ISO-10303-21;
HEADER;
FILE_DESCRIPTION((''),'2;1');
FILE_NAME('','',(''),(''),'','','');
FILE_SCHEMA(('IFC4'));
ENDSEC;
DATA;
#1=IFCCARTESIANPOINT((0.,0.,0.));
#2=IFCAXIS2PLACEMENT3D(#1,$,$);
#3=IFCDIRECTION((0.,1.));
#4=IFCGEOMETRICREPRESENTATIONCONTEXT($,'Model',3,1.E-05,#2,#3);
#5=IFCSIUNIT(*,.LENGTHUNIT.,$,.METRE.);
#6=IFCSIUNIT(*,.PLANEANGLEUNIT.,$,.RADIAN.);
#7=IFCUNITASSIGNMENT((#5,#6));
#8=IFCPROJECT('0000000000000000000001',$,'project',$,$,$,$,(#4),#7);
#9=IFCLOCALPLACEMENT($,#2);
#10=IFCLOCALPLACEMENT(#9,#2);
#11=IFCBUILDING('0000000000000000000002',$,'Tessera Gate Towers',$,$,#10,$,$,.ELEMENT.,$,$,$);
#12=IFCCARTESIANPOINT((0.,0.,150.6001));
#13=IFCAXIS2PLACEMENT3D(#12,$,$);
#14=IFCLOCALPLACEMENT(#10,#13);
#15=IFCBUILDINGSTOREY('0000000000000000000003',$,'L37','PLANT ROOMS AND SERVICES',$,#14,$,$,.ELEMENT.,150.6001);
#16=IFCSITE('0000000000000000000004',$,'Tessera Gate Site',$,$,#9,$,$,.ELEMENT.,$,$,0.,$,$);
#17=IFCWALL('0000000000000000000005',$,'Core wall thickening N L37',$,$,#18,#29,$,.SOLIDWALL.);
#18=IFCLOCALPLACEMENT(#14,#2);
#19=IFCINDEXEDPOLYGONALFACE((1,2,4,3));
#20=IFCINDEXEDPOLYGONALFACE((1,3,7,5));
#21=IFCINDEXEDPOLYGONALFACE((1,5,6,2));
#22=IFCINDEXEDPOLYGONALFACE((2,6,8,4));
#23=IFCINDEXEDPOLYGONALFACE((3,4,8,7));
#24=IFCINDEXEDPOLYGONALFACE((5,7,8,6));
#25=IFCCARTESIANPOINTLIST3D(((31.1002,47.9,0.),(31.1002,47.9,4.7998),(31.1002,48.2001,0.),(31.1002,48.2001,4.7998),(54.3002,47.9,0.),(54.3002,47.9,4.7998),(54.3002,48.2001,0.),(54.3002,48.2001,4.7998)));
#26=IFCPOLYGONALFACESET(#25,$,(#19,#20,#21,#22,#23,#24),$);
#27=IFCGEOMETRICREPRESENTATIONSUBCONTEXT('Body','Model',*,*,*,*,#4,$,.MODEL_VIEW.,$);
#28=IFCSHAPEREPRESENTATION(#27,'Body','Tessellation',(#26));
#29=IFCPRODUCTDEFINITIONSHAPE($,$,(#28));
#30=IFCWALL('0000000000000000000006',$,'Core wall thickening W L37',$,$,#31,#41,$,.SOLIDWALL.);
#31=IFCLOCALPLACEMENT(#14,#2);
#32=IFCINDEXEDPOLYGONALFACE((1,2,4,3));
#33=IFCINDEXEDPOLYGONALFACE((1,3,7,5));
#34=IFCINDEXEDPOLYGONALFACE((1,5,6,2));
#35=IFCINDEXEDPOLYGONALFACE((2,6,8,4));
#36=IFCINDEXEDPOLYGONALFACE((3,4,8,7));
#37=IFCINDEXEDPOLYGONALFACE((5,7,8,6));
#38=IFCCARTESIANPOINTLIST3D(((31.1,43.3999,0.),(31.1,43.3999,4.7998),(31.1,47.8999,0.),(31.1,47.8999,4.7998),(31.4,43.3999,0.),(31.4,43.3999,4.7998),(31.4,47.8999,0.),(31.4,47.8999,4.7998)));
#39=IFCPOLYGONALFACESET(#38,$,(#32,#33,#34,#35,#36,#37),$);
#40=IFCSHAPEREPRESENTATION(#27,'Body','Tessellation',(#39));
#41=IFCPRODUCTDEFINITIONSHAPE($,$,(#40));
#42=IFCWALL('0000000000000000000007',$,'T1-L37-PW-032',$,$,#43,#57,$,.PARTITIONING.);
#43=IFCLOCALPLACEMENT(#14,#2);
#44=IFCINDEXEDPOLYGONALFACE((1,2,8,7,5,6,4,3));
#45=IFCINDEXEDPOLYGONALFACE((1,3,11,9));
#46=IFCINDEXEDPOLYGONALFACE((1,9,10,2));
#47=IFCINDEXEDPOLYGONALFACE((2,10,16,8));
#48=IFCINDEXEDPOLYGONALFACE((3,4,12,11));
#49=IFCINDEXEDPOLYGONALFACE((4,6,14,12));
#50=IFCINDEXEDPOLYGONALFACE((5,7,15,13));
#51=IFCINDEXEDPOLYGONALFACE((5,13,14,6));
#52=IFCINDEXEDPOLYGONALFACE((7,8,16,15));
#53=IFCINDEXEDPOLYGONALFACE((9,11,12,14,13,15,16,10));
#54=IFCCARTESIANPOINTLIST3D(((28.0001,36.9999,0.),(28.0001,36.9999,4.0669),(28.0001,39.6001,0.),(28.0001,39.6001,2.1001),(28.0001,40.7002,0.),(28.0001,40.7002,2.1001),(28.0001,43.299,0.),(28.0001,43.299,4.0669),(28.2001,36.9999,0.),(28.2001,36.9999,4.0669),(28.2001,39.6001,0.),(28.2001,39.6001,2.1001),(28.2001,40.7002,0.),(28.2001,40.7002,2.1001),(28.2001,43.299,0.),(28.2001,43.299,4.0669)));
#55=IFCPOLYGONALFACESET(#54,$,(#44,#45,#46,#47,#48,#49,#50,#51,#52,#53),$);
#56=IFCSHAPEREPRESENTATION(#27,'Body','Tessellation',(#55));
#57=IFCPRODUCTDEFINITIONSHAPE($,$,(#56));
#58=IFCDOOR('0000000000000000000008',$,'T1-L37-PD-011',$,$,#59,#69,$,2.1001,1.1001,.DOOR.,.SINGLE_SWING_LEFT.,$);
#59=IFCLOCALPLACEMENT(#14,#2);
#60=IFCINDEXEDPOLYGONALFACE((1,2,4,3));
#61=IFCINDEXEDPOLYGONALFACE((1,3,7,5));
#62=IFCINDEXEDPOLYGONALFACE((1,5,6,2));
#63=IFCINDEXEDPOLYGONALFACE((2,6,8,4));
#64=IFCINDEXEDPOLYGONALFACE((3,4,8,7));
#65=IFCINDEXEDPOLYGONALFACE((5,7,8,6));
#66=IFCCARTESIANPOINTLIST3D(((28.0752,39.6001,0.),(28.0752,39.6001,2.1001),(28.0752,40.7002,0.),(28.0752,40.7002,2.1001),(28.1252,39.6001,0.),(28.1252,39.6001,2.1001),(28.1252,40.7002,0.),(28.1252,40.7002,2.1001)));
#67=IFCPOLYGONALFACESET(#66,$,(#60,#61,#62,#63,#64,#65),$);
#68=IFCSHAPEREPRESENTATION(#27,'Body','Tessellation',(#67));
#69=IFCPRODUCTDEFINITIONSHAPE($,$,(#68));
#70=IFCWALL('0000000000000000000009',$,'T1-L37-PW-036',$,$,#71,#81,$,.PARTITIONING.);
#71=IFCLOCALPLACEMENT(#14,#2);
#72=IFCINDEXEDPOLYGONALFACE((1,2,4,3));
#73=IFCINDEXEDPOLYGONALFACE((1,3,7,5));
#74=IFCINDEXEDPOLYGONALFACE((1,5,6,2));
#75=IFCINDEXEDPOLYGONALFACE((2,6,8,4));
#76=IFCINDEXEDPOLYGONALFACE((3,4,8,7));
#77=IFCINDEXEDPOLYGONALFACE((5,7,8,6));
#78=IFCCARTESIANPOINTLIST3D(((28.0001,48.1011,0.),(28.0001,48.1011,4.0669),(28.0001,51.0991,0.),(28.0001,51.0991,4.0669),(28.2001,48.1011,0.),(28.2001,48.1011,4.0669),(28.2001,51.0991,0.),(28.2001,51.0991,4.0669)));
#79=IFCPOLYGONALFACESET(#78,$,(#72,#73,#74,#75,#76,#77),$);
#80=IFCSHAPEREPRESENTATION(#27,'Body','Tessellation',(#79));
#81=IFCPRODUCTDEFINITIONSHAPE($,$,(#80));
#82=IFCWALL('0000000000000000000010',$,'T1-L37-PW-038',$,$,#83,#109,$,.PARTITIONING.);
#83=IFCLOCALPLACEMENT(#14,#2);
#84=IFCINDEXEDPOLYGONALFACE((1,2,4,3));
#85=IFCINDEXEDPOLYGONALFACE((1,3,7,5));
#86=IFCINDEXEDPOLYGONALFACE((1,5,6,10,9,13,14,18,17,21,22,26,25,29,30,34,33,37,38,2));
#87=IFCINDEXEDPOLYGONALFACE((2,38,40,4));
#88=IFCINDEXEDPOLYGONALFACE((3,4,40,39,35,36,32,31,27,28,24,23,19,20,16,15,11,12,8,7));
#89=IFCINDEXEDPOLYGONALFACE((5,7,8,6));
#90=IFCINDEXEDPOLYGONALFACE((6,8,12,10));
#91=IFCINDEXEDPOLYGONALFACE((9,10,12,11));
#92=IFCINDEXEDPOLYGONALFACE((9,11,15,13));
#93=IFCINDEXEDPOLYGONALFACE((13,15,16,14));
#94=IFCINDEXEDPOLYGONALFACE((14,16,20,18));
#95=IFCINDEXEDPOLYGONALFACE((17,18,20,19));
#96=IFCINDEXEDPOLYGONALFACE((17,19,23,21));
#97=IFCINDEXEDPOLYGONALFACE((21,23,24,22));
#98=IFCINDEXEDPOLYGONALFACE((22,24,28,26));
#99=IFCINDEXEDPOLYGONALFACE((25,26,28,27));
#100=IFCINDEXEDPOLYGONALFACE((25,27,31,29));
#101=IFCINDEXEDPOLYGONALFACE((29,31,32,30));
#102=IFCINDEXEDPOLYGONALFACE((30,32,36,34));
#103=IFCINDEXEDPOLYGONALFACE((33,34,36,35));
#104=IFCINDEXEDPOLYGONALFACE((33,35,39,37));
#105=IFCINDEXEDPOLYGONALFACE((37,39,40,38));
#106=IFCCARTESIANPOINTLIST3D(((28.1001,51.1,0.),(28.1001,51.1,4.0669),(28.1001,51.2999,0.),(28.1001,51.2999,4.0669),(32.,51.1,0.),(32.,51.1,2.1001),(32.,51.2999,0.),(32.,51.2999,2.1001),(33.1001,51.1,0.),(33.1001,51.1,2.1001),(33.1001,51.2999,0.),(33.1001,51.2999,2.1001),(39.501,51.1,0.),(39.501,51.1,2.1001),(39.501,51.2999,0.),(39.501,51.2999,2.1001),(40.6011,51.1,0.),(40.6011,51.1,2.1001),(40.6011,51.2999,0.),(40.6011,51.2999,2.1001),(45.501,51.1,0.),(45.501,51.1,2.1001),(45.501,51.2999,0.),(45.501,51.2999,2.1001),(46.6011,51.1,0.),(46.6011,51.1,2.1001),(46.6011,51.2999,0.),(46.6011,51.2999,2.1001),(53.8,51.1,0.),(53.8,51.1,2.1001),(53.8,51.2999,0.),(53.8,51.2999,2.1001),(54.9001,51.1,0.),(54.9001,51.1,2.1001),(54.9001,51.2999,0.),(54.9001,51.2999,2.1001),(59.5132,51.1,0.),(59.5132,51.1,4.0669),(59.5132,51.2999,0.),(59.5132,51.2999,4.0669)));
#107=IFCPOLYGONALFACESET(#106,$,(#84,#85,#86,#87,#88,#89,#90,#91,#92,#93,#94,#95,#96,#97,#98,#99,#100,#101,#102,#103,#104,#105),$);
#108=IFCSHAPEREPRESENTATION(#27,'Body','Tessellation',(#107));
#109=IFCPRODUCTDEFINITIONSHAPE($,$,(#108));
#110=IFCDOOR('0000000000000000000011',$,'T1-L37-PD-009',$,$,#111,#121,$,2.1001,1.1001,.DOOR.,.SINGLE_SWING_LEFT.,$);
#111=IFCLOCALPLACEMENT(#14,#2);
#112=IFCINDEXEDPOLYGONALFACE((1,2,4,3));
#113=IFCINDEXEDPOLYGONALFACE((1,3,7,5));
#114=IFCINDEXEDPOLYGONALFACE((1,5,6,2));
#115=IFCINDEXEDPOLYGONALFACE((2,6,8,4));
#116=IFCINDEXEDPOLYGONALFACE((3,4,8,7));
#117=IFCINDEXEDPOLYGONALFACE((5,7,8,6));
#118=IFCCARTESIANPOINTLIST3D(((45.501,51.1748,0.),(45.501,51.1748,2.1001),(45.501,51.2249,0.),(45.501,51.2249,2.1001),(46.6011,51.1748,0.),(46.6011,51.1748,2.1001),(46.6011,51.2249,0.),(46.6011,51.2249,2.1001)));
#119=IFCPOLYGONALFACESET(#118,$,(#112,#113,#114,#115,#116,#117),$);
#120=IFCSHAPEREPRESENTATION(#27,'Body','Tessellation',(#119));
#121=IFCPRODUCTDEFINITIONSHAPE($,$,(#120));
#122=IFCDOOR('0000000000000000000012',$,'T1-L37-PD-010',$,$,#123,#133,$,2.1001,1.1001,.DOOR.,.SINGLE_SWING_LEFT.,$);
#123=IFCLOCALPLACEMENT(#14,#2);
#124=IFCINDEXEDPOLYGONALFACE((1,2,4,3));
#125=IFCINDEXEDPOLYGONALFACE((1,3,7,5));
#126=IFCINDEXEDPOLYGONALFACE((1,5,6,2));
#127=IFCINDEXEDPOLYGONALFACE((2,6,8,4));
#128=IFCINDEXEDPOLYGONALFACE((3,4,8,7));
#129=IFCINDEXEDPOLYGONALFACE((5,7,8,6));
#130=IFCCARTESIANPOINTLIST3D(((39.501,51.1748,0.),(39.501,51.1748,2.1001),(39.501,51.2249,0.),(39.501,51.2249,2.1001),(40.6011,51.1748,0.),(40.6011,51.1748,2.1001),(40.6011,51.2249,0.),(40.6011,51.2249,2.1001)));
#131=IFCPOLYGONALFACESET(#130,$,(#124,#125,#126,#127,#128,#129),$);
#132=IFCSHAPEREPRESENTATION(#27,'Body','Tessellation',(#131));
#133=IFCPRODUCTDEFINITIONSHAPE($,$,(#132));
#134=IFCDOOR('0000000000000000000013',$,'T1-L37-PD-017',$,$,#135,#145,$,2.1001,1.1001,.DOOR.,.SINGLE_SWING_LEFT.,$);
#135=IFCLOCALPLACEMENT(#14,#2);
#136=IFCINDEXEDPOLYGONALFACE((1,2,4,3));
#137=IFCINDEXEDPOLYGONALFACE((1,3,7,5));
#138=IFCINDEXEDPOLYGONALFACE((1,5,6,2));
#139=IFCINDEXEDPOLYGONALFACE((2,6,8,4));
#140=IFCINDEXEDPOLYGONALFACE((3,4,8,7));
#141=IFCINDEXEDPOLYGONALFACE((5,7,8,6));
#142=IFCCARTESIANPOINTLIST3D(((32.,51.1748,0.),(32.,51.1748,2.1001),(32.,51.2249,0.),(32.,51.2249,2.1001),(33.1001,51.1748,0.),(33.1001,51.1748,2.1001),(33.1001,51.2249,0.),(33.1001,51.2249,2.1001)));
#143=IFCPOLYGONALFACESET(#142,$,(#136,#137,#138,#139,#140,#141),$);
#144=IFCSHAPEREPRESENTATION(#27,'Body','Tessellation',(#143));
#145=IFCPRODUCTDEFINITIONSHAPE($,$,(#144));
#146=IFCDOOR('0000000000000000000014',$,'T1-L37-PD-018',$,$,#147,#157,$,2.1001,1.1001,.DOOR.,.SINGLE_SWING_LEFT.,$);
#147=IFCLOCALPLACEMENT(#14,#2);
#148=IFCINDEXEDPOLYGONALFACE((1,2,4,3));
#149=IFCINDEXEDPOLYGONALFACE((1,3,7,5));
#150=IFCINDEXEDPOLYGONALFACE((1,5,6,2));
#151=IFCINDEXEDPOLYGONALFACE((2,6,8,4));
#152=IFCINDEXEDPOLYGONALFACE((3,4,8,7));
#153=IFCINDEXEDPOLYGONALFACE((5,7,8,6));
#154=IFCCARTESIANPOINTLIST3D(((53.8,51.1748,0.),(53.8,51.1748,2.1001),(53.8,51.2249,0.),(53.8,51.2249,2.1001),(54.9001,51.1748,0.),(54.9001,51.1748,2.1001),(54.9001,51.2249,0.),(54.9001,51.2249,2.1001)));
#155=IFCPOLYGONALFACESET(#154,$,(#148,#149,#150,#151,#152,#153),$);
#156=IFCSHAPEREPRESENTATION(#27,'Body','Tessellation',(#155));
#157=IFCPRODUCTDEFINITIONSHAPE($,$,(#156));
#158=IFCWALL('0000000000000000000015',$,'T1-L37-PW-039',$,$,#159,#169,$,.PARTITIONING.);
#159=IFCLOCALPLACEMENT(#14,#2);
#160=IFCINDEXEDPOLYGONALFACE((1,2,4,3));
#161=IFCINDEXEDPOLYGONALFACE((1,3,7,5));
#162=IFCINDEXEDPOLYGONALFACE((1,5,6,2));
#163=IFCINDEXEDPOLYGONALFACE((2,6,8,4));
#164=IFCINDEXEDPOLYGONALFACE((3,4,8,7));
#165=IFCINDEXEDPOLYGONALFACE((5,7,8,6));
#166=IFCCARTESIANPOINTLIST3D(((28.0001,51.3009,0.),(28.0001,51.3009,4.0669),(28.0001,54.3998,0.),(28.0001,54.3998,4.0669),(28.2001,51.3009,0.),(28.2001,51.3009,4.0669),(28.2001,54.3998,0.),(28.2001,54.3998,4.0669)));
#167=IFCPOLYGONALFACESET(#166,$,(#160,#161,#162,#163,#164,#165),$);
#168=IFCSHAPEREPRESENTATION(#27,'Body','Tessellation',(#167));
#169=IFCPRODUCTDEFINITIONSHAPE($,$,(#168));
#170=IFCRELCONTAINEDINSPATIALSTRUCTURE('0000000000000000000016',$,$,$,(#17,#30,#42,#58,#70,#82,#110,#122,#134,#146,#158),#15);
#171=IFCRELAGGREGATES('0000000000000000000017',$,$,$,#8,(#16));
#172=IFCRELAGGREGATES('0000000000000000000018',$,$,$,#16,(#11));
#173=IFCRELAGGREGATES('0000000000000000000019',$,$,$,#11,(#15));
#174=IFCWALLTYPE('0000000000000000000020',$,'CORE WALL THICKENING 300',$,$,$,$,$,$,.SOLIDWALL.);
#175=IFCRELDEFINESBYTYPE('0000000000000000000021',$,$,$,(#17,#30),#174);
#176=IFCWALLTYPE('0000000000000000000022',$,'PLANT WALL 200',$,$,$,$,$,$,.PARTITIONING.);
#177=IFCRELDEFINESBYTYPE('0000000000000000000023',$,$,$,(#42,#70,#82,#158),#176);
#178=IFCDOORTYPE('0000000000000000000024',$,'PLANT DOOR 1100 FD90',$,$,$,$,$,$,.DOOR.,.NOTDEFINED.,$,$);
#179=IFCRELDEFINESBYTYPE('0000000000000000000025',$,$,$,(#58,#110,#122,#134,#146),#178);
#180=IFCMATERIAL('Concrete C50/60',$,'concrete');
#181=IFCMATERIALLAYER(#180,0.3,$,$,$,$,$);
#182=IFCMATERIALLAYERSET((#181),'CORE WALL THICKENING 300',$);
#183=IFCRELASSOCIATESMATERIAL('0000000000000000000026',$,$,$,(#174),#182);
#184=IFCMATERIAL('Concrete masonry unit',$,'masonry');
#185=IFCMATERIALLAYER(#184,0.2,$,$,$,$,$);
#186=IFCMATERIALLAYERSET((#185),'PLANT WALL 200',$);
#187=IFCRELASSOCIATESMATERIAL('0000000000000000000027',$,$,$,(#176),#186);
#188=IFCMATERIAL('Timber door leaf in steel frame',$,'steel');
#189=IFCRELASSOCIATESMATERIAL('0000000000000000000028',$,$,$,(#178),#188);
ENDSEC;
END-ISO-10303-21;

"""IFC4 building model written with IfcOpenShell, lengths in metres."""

from ifc_helpers import new_model, si_unit, direction, frame, frame_2d, origin, place, context, subcontext, project, spatial, rectangle, extrude, source, transform, mapped, material, layer, layer_set, type_object, element, fill, save


model = new_model("IFC4")

# Units and contexts
model_context = context("Model", 3, precision=1e-05, world=origin(), true_north=direction((0.0, 1.0)))
body_context = subcontext(model_context, "Body", "Model", "MODEL_VIEW")
ifc_project = project(units=[si_unit("LENGTHUNIT", "METRE"), si_unit("PLANEANGLEUNIT", "RADIAN")], contexts=[model_context])

# Site, building, storey
site_placement = place(None, origin())
site = spatial("IfcSite", under=ifc_project, at=site_placement, Name="Tessera Gate Site", CompositionType="ELEMENT", RefElevation=0.0)
building_placement = place(site_placement, origin())
building = spatial("IfcBuilding", under=site, at=building_placement, Name="Tessera Gate Towers", CompositionType="ELEMENT")
storey_placement = place(building_placement, frame((0.0, 0.0, 150.6001)))
storey = spatial("IfcBuildingStorey", under=building, at=storey_placement, Name="L37", Description="PLANT ROOMS AND SERVICES", CompositionType="ELEMENT", Elevation=150.6001)

# Walls
ifc_material_1 = material(Name="Concrete C50/60", Category="concrete")
ifc_layer_1 = layer(ifc_material_1, 0.3)
ifc_layer_set_1 = layer_set([ifc_layer_1], Name="CORE WALL THICKENING 300")
wall_type_1 = type_object("IfcWallType", Name="CORE WALL THICKENING 300", PredefinedType="SOLIDWALL", material=ifc_layer_set_1)
wall_1_placement = place(storey_placement, frame((31.1001, 48.05, 0.0), z_axis=(0.0, 0.0, 1.0), x_axis=(1.0, 0.0, 0.0)))
element("IfcWall", 1, at=wall_1_placement, inside=storey, type_object=wall_type_1, Name="Core wall thickening N L37", PredefinedType="SOLIDWALL", context=body_context, shape_type="SweptSolid", body=[
    extrude(rectangle(XDim=23.2, YDim=0.3, at=frame_2d((11.6001, 0.0))), origin(), (0.0, 0.0, 1.0), 4.7998),
])
wall_2_placement = place(storey_placement, frame((31.25, 43.3999, 0.0), z_axis=(0.0, 0.0, 1.0), x_axis=(0.0, 1.0, 0.0)))
element("IfcWall", 2, at=wall_2_placement, inside=storey, type_object=wall_type_1, Name="Core wall thickening W L37", PredefinedType="SOLIDWALL", context=body_context, shape_type="SweptSolid", body=[
    extrude(rectangle(XDim=4.5, YDim=0.3, at=frame_2d((2.25, 0.0))), origin(), (0.0, 0.0, 1.0), 4.7998),
])

# Wall, opening, door
ifc_material_2 = material(Name="Concrete masonry unit", Category="masonry")
ifc_layer_2 = layer(ifc_material_2, 0.2)
ifc_layer_set_2 = layer_set([ifc_layer_2], Name="PLANT WALL 200")
wall_type_2 = type_object("IfcWallType", Name="PLANT WALL 200", PredefinedType="PARTITIONING", material=ifc_layer_set_2)
wall_3_placement = place(storey_placement, frame((28.1001, 37.0, 0.0), z_axis=(0.0, 0.0, 1.0), x_axis=(0.0, 1.0, 0.0)))
wall_3 = element("IfcWall", 3, at=wall_3_placement, inside=storey, type_object=wall_type_2, Name="T1-L37-PW-032", PredefinedType="PARTITIONING", context=body_context, shape_type="SweptSolid", body=[
    extrude(rectangle(XDim=6.2991, YDim=0.2, at=frame_2d((3.1494, 0.0))), origin(), (0.0, 0.0, 1.0), 4.0669),
])
shared_shape_1 = source(origin(), body_context, "Body", "SweptSolid", [
    extrude(rectangle(XDim=1.1001, YDim=2.1001, at=frame_2d((0.55, 1.05))), frame((0.0, 0.1099, 0.0), z_axis=(0.0, -1.0, 0.0), x_axis=(1.0, 0.0, 0.0)), (0.0, 0.0, 1.0), 0.22),
])
opening_1_placement = place(wall_3_placement, frame((2.6001, 0.0, 0.0)))
opening_1 = element("IfcOpeningElement", 4, at=opening_1_placement, cuts=wall_3, PredefinedType="OPENING", context=body_context, shape_type="MappedRepresentation", body=[
    mapped(shared_shape_1, transform((0.0, 0.0, 0.0), scale=1.0)),
])
ifc_material_3 = material(Name="Timber door leaf in steel frame", Category="steel")
door_type = type_object("IfcDoorType", Name="PLANT DOOR 1100 FD90", OperationType="NOTDEFINED", PredefinedType="DOOR", material=ifc_material_3)
shared_shape_2 = source(origin(), body_context, "Body", "SweptSolid", [
    extrude(rectangle(XDim=1.1001, YDim=2.1001, at=frame_2d((0.55, 1.05))), frame((0.0, 0.0249, 0.0), z_axis=(0.0, -1.0, 0.0), x_axis=(1.0, 0.0, 0.0)), (0.0, 0.0, 1.0), 0.05),
])
door_1_placement = place(opening_1_placement, origin())
door_1 = element("IfcDoor", 5, at=door_1_placement, inside=storey, type_object=door_type, Name="T1-L37-PD-011", OperationType="SINGLE_SWING_LEFT", OverallHeight=2.1001, OverallWidth=1.1001, PredefinedType="DOOR", context=body_context, shape_type="MappedRepresentation", body=[
    mapped(shared_shape_2, transform((0.0, 0.0, 0.0), scale=1.0)),
])
fill(opening_1, door_1)

# Wall
wall_4_placement = place(storey_placement, frame((28.1001, 48.1011, 0.0), z_axis=(0.0, 0.0, 1.0), x_axis=(0.0, 1.0, 0.0)))
element("IfcWall", 6, at=wall_4_placement, inside=storey, type_object=wall_type_2, Name="T1-L37-PW-036", PredefinedType="PARTITIONING", context=body_context, shape_type="SweptSolid", body=[
    extrude(rectangle(XDim=2.998, YDim=0.2, at=frame_2d((1.499, 0.0))), origin(), (0.0, 0.0, 1.0), 4.0669),
])

# Wall, openings, doors
wall_5_placement = place(storey_placement, frame((28.1001, 51.2, 0.0), z_axis=(0.0, 0.0, 1.0), x_axis=(1.0, 0.0, 0.0)))
wall_5 = element("IfcWall", 7, at=wall_5_placement, inside=storey, type_object=wall_type_2, Name="T1-L37-PW-038", PredefinedType="PARTITIONING", context=body_context, shape_type="SweptSolid", body=[
    extrude(rectangle(XDim=31.4131, YDim=0.2, at=frame_2d((15.7065, 0.0))), origin(), (0.0, 0.0, 1.0), 4.0669),
])
opening_2_placement = place(wall_5_placement, frame((17.4009, 0.0, 0.0)))
opening_2 = element("IfcOpeningElement", 8, at=opening_2_placement, cuts=wall_5, PredefinedType="OPENING", context=body_context, shape_type="MappedRepresentation", body=[
    mapped(shared_shape_1, transform((0.0, 0.0, 0.0), scale=1.0)),
])
opening_3_placement = place(wall_5_placement, frame((11.4009, 0.0, 0.0)))
opening_3 = element("IfcOpeningElement", 9, at=opening_3_placement, cuts=wall_5, PredefinedType="OPENING", context=body_context, shape_type="MappedRepresentation", body=[
    mapped(shared_shape_1, transform((0.0, 0.0, 0.0), scale=1.0)),
])
opening_4_placement = place(wall_5_placement, frame((3.8999, 0.0, 0.0)))
opening_4 = element("IfcOpeningElement", 10, at=opening_4_placement, cuts=wall_5, PredefinedType="OPENING", context=body_context, shape_type="MappedRepresentation", body=[
    mapped(shared_shape_1, transform((0.0, 0.0, 0.0), scale=1.0)),
])
opening_5_placement = place(wall_5_placement, frame((25.7, 0.0, 0.0)))
opening_5 = element("IfcOpeningElement", 11, at=opening_5_placement, cuts=wall_5, PredefinedType="OPENING", context=body_context, shape_type="MappedRepresentation", body=[
    mapped(shared_shape_1, transform((0.0, 0.0, 0.0), scale=1.0)),
])
door_2_placement = place(opening_2_placement, origin())
door_2 = element("IfcDoor", 12, at=door_2_placement, inside=storey, type_object=door_type, Name="T1-L37-PD-009", OperationType="SINGLE_SWING_LEFT", OverallHeight=2.1001, OverallWidth=1.1001, PredefinedType="DOOR", context=body_context, shape_type="MappedRepresentation", body=[
    mapped(shared_shape_2, transform((0.0, 0.0, 0.0), scale=1.0)),
])
fill(opening_2, door_2)
door_3_placement = place(opening_3_placement, origin())
door_3 = element("IfcDoor", 13, at=door_3_placement, inside=storey, type_object=door_type, Name="T1-L37-PD-010", OperationType="SINGLE_SWING_LEFT", OverallHeight=2.1001, OverallWidth=1.1001, PredefinedType="DOOR", context=body_context, shape_type="MappedRepresentation", body=[
    mapped(shared_shape_2, transform((0.0, 0.0, 0.0), scale=1.0)),
])
fill(opening_3, door_3)
door_4_placement = place(opening_4_placement, origin())
door_4 = element("IfcDoor", 14, at=door_4_placement, inside=storey, type_object=door_type, Name="T1-L37-PD-017", OperationType="SINGLE_SWING_LEFT", OverallHeight=2.1001, OverallWidth=1.1001, PredefinedType="DOOR", context=body_context, shape_type="MappedRepresentation", body=[
    mapped(shared_shape_2, transform((0.0, 0.0, 0.0), scale=1.0)),
])
fill(opening_4, door_4)
door_5_placement = place(opening_5_placement, origin())
door_5 = element("IfcDoor", 15, at=door_5_placement, inside=storey, type_object=door_type, Name="T1-L37-PD-018", OperationType="SINGLE_SWING_LEFT", OverallHeight=2.1001, OverallWidth=1.1001, PredefinedType="DOOR", context=body_context, shape_type="MappedRepresentation", body=[
    mapped(shared_shape_2, transform((0.0, 0.0, 0.0), scale=1.0)),
])
fill(opening_5, door_5)

# Wall
wall_6_placement = place(storey_placement, frame((28.1001, 51.301, 0.0), z_axis=(0.0, 0.0, 1.0), x_axis=(0.0, 1.0, 0.0)))
element("IfcWall", 16, at=wall_6_placement, inside=storey, type_object=wall_type_2, Name="T1-L37-PW-039", PredefinedType="PARTITIONING", context=body_context, shape_type="SweptSolid", body=[
    extrude(rectangle(XDim=3.0989, YDim=0.2, at=frame_2d((1.5493, 0.0))), origin(), (0.0, 0.0, 1.0), 4.0669),
])

save(model, "model.ifc")
